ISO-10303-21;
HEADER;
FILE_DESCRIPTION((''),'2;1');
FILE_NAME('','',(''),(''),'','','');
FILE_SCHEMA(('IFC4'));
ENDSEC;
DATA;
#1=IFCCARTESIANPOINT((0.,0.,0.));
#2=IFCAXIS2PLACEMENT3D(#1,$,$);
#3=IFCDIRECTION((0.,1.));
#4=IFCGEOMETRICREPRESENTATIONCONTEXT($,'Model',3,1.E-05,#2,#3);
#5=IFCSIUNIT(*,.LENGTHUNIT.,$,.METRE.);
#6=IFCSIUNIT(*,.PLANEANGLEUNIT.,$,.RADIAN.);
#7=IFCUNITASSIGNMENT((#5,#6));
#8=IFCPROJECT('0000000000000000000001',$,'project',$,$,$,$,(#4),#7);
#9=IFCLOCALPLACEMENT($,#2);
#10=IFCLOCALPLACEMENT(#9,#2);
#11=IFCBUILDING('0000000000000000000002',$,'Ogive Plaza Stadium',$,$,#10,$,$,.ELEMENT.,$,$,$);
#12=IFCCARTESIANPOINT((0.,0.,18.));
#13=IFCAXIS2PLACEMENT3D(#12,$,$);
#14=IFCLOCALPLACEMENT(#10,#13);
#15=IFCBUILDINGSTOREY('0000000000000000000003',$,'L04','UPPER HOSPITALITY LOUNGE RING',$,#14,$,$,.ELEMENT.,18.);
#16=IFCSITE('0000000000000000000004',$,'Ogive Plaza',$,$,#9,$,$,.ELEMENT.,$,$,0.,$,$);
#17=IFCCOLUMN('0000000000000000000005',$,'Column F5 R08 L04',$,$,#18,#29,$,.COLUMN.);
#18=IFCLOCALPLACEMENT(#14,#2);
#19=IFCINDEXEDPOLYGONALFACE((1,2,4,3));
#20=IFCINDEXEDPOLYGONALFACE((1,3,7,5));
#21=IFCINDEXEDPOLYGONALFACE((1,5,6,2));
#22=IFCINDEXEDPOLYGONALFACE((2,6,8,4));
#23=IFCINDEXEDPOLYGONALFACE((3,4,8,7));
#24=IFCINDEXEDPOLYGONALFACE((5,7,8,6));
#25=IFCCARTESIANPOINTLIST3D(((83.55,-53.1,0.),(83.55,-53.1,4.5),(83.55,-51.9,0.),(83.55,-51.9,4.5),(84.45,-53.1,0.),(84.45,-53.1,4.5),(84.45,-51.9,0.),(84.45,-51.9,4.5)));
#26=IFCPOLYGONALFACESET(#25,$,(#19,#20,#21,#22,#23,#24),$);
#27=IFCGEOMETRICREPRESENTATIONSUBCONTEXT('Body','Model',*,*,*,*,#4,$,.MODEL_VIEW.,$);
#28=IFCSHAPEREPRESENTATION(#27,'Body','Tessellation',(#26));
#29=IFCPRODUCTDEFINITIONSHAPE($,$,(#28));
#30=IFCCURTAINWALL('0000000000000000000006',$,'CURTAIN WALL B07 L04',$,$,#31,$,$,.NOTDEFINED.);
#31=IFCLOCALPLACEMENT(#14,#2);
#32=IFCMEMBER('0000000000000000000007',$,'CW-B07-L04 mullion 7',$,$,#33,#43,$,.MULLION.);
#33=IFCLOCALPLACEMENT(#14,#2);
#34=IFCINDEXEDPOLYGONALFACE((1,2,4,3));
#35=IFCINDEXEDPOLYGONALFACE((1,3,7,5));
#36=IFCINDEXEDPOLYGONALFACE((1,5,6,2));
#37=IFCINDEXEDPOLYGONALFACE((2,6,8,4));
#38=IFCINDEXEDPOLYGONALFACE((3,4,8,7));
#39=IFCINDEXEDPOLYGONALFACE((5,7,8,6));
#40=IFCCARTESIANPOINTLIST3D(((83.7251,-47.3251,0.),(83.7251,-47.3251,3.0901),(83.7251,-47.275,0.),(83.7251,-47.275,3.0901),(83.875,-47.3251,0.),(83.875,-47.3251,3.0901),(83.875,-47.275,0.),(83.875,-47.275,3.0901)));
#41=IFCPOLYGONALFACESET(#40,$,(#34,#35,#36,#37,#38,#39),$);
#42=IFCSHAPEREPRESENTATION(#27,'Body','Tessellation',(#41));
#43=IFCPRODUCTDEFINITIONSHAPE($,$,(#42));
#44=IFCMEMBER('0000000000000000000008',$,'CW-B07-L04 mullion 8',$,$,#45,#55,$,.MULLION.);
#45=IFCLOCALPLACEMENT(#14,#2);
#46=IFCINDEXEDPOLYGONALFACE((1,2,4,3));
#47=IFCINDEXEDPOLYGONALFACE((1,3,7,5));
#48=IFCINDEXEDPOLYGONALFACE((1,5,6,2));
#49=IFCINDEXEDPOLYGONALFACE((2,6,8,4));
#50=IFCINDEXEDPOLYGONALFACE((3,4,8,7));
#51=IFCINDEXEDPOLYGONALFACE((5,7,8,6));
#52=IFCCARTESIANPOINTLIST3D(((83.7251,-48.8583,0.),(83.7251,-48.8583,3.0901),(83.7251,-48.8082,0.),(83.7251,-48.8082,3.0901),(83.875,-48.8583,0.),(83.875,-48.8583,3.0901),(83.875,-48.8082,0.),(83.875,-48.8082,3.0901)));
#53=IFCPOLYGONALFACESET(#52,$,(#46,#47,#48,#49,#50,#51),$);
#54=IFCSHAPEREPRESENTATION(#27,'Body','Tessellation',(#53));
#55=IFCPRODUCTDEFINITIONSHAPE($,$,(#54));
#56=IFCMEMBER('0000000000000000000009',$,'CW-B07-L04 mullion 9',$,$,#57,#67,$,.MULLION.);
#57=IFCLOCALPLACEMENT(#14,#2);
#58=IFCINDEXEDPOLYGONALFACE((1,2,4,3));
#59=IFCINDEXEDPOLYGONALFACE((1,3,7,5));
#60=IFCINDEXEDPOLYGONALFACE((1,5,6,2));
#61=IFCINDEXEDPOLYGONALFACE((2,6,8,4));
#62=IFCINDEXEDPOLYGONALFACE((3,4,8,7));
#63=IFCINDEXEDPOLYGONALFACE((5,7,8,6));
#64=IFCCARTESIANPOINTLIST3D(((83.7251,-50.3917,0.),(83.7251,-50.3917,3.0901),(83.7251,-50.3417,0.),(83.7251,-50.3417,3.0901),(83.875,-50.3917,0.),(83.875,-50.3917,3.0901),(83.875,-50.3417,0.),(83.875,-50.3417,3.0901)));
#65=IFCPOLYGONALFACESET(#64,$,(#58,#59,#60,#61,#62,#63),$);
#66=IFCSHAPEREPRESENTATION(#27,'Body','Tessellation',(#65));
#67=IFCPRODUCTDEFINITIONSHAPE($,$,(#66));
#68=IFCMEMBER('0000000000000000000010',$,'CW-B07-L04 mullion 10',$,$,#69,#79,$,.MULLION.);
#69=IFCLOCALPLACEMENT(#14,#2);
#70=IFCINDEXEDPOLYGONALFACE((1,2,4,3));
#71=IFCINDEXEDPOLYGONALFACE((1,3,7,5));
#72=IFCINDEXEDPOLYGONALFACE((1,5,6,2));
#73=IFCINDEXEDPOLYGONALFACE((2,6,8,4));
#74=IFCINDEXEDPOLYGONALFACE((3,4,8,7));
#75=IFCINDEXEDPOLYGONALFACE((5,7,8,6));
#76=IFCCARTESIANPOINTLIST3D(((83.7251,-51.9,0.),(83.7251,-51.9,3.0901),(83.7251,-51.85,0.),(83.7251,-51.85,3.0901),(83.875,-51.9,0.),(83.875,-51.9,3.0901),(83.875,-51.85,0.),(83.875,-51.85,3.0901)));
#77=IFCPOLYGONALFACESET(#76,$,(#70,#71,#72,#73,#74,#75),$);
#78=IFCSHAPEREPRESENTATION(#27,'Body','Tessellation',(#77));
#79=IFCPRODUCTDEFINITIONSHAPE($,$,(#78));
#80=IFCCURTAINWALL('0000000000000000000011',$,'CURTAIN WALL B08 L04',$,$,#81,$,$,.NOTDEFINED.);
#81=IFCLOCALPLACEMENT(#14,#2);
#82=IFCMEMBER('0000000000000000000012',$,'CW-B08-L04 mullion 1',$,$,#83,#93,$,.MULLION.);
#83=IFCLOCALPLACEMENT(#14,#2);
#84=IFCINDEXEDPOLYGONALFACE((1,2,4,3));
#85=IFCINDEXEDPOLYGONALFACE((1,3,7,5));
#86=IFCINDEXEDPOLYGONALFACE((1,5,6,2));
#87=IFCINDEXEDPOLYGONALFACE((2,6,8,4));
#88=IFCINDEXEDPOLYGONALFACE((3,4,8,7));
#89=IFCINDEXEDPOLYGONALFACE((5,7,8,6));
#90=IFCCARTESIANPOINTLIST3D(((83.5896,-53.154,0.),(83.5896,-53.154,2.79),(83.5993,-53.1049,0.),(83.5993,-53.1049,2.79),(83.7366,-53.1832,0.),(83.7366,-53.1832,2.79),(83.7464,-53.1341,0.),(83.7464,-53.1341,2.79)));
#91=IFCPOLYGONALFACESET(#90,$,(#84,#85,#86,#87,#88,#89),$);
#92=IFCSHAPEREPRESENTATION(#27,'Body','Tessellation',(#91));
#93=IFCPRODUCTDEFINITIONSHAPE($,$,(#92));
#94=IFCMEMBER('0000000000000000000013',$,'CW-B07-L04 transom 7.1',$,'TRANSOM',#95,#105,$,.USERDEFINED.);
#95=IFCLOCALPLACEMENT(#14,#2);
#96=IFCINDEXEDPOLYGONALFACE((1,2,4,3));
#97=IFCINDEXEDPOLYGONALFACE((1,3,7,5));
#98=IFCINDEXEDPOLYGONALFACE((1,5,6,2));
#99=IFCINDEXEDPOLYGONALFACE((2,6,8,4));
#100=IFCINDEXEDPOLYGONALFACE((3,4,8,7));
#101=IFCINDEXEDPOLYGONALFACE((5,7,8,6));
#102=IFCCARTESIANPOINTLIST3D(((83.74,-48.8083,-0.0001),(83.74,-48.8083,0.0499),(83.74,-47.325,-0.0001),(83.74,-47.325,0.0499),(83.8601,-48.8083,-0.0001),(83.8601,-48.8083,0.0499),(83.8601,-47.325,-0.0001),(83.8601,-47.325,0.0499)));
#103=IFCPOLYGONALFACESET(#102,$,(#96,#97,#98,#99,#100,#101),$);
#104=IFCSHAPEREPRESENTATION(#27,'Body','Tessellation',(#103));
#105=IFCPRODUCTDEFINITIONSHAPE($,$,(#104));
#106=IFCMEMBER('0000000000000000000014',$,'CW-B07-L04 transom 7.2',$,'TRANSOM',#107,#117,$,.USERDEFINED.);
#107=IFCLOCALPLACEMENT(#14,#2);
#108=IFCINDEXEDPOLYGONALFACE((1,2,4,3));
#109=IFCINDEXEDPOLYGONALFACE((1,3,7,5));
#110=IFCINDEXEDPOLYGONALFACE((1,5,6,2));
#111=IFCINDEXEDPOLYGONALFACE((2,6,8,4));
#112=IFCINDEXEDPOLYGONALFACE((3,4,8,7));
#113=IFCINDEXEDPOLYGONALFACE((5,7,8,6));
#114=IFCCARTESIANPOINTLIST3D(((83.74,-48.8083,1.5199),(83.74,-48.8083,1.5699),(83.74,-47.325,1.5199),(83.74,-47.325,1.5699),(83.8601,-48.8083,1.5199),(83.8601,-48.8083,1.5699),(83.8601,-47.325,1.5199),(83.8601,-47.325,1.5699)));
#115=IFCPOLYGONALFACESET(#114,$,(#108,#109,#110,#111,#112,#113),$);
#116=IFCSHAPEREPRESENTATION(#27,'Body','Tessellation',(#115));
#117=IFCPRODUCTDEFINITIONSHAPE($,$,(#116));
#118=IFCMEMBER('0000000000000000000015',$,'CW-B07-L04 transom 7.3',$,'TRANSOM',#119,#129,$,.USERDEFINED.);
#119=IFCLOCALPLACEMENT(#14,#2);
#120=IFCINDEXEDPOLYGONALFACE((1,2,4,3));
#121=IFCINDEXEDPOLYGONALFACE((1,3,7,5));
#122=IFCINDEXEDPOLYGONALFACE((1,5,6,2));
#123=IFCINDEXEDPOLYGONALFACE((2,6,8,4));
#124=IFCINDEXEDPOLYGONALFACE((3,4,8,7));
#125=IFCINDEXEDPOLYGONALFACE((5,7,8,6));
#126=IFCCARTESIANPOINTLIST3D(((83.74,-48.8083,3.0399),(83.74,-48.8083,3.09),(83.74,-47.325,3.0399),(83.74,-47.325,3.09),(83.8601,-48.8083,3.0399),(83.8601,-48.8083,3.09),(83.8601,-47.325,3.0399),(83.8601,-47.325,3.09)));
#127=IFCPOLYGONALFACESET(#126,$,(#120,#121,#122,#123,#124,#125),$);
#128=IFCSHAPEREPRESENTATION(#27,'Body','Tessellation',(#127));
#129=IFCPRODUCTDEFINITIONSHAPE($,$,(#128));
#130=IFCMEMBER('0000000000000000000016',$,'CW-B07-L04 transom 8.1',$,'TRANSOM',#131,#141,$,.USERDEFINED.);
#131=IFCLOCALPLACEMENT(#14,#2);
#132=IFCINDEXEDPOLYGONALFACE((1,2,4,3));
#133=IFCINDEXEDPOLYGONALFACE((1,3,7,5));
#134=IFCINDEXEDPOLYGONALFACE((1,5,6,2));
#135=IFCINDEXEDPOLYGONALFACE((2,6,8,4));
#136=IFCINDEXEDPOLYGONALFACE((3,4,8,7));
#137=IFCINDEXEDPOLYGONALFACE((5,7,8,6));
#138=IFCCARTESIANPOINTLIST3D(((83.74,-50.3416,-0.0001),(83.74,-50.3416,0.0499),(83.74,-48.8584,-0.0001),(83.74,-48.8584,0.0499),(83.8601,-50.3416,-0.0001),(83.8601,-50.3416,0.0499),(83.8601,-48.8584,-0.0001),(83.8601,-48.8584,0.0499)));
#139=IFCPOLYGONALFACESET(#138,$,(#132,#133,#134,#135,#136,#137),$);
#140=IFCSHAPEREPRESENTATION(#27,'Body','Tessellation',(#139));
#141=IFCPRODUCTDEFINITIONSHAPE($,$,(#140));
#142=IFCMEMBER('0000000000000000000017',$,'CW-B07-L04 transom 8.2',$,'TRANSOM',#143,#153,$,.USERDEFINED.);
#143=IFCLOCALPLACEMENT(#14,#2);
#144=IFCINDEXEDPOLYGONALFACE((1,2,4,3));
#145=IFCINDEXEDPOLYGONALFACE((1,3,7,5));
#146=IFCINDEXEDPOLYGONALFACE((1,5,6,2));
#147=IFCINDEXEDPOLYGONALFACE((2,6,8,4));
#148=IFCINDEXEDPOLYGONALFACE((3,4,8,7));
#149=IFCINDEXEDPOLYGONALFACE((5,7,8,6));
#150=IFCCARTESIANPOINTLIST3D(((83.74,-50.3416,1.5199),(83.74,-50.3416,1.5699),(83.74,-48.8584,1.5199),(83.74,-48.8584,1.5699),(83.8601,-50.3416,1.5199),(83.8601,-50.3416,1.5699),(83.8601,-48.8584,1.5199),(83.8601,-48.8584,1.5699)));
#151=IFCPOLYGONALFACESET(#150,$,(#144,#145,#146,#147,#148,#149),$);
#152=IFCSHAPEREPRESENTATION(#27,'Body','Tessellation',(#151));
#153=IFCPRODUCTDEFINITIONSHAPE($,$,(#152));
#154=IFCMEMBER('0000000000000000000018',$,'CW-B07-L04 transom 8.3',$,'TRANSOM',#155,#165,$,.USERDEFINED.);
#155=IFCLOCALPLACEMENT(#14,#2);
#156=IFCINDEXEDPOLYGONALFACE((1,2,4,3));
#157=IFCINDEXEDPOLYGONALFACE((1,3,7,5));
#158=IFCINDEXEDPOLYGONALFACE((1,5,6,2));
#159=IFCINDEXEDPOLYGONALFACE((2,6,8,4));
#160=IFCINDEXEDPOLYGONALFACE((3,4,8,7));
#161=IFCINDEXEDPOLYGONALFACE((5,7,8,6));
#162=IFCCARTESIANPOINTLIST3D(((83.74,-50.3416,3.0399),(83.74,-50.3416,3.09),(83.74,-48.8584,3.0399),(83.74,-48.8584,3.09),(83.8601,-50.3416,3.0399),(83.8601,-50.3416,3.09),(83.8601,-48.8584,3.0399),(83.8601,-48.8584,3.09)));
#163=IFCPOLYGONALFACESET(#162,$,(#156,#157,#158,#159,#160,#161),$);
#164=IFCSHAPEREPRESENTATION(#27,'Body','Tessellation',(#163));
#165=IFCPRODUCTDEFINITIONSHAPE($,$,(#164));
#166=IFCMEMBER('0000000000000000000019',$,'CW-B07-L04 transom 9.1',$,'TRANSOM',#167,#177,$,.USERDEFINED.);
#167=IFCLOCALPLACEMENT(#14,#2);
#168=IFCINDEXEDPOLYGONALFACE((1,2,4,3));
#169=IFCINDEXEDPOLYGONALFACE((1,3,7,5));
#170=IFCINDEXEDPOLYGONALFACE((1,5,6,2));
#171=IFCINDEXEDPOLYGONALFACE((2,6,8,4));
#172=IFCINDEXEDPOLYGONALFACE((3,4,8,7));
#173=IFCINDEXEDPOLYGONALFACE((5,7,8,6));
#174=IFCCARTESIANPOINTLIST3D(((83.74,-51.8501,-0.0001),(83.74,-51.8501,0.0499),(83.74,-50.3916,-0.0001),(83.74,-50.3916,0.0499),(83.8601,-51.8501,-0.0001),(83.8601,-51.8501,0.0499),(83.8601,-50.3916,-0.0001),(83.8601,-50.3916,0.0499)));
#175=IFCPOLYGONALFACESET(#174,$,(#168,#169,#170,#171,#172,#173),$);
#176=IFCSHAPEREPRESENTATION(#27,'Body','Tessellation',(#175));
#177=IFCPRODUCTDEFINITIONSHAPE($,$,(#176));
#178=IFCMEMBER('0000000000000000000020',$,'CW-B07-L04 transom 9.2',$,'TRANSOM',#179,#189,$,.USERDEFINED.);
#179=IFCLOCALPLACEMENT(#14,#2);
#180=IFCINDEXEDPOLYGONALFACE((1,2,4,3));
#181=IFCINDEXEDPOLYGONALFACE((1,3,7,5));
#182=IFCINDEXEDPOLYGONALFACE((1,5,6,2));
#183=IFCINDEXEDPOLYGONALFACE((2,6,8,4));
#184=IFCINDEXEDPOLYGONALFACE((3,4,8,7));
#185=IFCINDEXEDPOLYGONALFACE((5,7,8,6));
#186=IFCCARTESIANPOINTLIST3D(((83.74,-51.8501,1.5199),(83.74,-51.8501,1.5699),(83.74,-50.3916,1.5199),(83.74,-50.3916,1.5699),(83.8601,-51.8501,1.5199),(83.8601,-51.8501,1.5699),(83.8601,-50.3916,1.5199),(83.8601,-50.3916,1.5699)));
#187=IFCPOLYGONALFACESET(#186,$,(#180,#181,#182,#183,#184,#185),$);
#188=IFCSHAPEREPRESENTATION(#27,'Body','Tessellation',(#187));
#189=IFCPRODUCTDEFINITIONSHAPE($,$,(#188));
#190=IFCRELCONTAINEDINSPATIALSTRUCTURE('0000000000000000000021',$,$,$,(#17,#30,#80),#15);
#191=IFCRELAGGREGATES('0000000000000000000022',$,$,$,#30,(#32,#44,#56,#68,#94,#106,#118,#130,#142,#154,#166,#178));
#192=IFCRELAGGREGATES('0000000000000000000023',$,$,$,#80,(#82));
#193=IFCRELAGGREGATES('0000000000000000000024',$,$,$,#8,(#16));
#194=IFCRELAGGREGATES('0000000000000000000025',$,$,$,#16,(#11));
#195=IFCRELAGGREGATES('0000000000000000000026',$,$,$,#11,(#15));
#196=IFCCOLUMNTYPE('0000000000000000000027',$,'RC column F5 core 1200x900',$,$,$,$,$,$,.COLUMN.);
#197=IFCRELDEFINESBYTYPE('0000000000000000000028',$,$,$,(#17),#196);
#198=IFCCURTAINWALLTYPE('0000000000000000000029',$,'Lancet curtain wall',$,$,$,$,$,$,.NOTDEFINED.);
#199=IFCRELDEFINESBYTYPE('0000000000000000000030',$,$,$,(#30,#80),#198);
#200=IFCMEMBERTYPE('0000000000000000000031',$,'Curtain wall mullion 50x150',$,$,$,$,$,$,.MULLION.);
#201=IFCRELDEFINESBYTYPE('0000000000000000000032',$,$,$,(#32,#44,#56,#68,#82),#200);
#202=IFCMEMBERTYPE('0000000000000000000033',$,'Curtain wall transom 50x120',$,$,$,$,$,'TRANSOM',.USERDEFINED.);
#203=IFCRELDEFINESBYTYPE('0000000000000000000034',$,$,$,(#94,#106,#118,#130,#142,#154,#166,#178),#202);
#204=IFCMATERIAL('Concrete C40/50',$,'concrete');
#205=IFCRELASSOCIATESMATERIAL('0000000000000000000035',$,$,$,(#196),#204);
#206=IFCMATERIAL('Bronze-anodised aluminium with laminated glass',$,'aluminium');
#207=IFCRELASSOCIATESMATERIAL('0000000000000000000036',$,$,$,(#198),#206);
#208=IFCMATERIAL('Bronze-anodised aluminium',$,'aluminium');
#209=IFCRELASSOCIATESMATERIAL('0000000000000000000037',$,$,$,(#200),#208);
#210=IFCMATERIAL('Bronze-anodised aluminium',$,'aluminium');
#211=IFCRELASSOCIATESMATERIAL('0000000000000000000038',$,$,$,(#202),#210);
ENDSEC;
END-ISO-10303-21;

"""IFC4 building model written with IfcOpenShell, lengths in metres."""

from ifc_helpers import new_model, si_unit, direction, frame, origin, origin_2d, place, context, subcontext, project, spatial, rectangle, extrude, material, material_profile, profile_set, type_object, element, aggregate, save


model = new_model("IFC4")

# Units and contexts
model_context = context("Model", 3, precision=1e-05, world=origin(), true_north=direction((0.0, 1.0)))
body_context = subcontext(model_context, "Body", "Model", "MODEL_VIEW")
ifc_project = project(units=[si_unit("LENGTHUNIT", "METRE"), si_unit("PLANEANGLEUNIT", "RADIAN")], contexts=[model_context])

# Site, building, storey
site_placement = place(None, origin())
site = spatial("IfcSite", under=ifc_project, at=site_placement, Name="Ogive Plaza", CompositionType="ELEMENT", RefElevation=0.0)
building_placement = place(site_placement, origin())
building = spatial("IfcBuilding", under=site, at=building_placement, Name="Ogive Plaza Stadium", CompositionType="ELEMENT")
storey_placement = place(building_placement, frame((0.0, 0.0, 18.0)))
storey = spatial("IfcBuildingStorey", under=building, at=storey_placement, Name="L04", Description="UPPER HOSPITALITY LOUNGE RING", CompositionType="ELEMENT", Elevation=18.0)

# Column
ifc_material_1 = material(Name="Concrete C40/50", Category="concrete")
ifc_material_profile_1 = material_profile(ifc_material_1, rectangle(XDim=1.2, YDim=0.8999, at=origin_2d()), Name="RC 1200x900")
ifc_profile_set_1 = profile_set([ifc_material_profile_1], Name="Concrete C40/50")
column_type = type_object("IfcColumnType", Name="RC column F5 core 1200x900", PredefinedType="COLUMN", material=ifc_profile_set_1)
column_placement = place(storey_placement, frame((84.0, -52.5, 0.0), z_axis=(0.0, 0.0, 1.0), x_axis=(0.0, 1.0, 0.0)))
element("IfcColumn", 1, at=column_placement, inside=storey, type_object=column_type, Name="Column F5 R08 L04", PredefinedType="COLUMN", context=body_context, shape_type="SweptSolid", body=[
    extrude(rectangle(XDim=1.2, YDim=0.8999, at=origin_2d()), origin(), (0.0, 0.0, 1.0), 4.5),
])

# Curtain wall, members
ifc_material_2 = material(Name="Bronze-anodised aluminium with laminated glass", Category="aluminium")
curtain_wall_type = type_object("IfcCurtainWallType", Name="Lancet curtain wall", PredefinedType="NOTDEFINED", material=ifc_material_2)
curtain_wall_1_placement = place(storey_placement, origin())
curtain_wall_1 = element("IfcCurtainWall", 2, at=curtain_wall_1_placement, inside=storey, type_object=curtain_wall_type, Name="CURTAIN WALL B07 L04", PredefinedType="NOTDEFINED")
ifc_material_3 = material(Name="Bronze-anodised aluminium", Category="aluminium")
ifc_material_profile_2 = material_profile(ifc_material_3, rectangle(XDim=0.1499, YDim=0.05, at=origin_2d()), Name="AL 150x50")
ifc_profile_set_2 = profile_set([ifc_material_profile_2], Name="Bronze-anodised aluminium")
member_type_1 = type_object("IfcMemberType", Name="Curtain wall mullion 50x150", PredefinedType="MULLION", material=ifc_profile_set_2)
member_1_placement = place(storey_placement, frame((83.8, -47.3, 0.0), z_axis=(0.0, 0.0, 1.0), x_axis=(1.0, 0.0, 0.0)))
member_1 = element("IfcMember", 3, at=member_1_placement, type_object=member_type_1, Name="CW-B07-L04 mullion 7", PredefinedType="MULLION", context=body_context, shape_type="SweptSolid", body=[
    extrude(rectangle(XDim=0.1499, YDim=0.05, at=origin_2d()), origin(), (0.0, 0.0, 1.0), 3.0901),
])
member_2_placement = place(storey_placement, frame((83.8, -48.8333, 0.0), z_axis=(0.0, 0.0, 1.0), x_axis=(1.0, 0.0, 0.0)))
member_2 = element("IfcMember", 4, at=member_2_placement, type_object=member_type_1, Name="CW-B07-L04 mullion 8", PredefinedType="MULLION", context=body_context, shape_type="SweptSolid", body=[
    extrude(rectangle(XDim=0.1499, YDim=0.05, at=origin_2d()), origin(), (0.0, 0.0, 1.0), 3.0901),
])
member_3_placement = place(storey_placement, frame((83.8, -50.3667, 0.0), z_axis=(0.0, 0.0, 1.0), x_axis=(1.0, 0.0, 0.0)))
member_3 = element("IfcMember", 5, at=member_3_placement, type_object=member_type_1, Name="CW-B07-L04 mullion 9", PredefinedType="MULLION", context=body_context, shape_type="SweptSolid", body=[
    extrude(rectangle(XDim=0.1499, YDim=0.05, at=origin_2d()), origin(), (0.0, 0.0, 1.0), 3.0901),
])
member_4_placement = place(storey_placement, frame((83.8, -51.875, 0.0), z_axis=(0.0, 0.0, 1.0), x_axis=(1.0, 0.0, 0.0)))
member_4 = element("IfcMember", 6, at=member_4_placement, type_object=member_type_1, Name="CW-B07-L04 mullion 10", PredefinedType="MULLION", context=body_context, shape_type="SweptSolid", body=[
    extrude(rectangle(XDim=0.1499, YDim=0.05, at=origin_2d()), origin(), (0.0, 0.0, 1.0), 3.0901),
])

# Curtain wall, member
curtain_wall_2_placement = place(storey_placement, origin())
curtain_wall_2 = element("IfcCurtainWall", 7, at=curtain_wall_2_placement, inside=storey, type_object=curtain_wall_type, Name="CURTAIN WALL B08 L04", PredefinedType="NOTDEFINED")
member_5_placement = place(storey_placement, frame((83.668, -53.144, 0.0), z_axis=(0.0, 0.0, 1.0), x_axis=(0.980785, -0.19509, 0.0)))
member_5 = element("IfcMember", 8, at=member_5_placement, type_object=member_type_1, Name="CW-B08-L04 mullion 1", PredefinedType="MULLION", context=body_context, shape_type="SweptSolid", body=[
    extrude(rectangle(XDim=0.1499, YDim=0.05, at=origin_2d()), origin(), (0.0, 0.0, 1.0), 2.79),
])

# Members
ifc_material_4 = material(Name="Bronze-anodised aluminium", Category="aluminium")
ifc_material_profile_3 = material_profile(ifc_material_4, rectangle(XDim=0.1201, YDim=0.05, at=origin_2d()), Name="AL 120x50")
ifc_profile_set_3 = profile_set([ifc_material_profile_3], Name="Bronze-anodised aluminium")
member_type_2 = type_object("IfcMemberType", Name="Curtain wall transom 50x120", ElementType="TRANSOM", PredefinedType="USERDEFINED", material=ifc_profile_set_3)
member_6_placement = place(storey_placement, frame((83.8, -47.325, 0.0249), z_axis=(0.0, -1.0, 0.0), x_axis=(1.0, 0.0, 0.0)))
member_6 = element("IfcMember", 9, at=member_6_placement, type_object=member_type_2, Name="CW-B07-L04 transom 7.1", ObjectType="TRANSOM", PredefinedType="USERDEFINED", context=body_context, shape_type="SweptSolid", body=[
    extrude(rectangle(XDim=0.1201, YDim=0.05, at=origin_2d()), origin(), (0.0, 0.0, 1.0), 1.4834),
])
member_7_placement = place(storey_placement, frame((83.8, -47.325, 1.5449), z_axis=(0.0, -1.0, 0.0), x_axis=(1.0, 0.0, 0.0)))
member_7 = element("IfcMember", 10, at=member_7_placement, type_object=member_type_2, Name="CW-B07-L04 transom 7.2", ObjectType="TRANSOM", PredefinedType="USERDEFINED", context=body_context, shape_type="SweptSolid", body=[
    extrude(rectangle(XDim=0.1201, YDim=0.05, at=origin_2d()), origin(), (0.0, 0.0, 1.0), 1.4834),
])
member_8_placement = place(storey_placement, frame((83.8, -47.325, 3.0649), z_axis=(0.0, -1.0, 0.0), x_axis=(1.0, 0.0, 0.0)))
member_8 = element("IfcMember", 11, at=member_8_placement, type_object=member_type_2, Name="CW-B07-L04 transom 7.3", ObjectType="TRANSOM", PredefinedType="USERDEFINED", context=body_context, shape_type="SweptSolid", body=[
    extrude(rectangle(XDim=0.1201, YDim=0.05, at=origin_2d()), origin(), (0.0, 0.0, 1.0), 1.4834),
])
member_9_placement = place(storey_placement, frame((83.8, -48.8584, 0.0249), z_axis=(0.0, -1.0, 0.0), x_axis=(1.0, 0.0, 0.0)))
member_9 = element("IfcMember", 12, at=member_9_placement, type_object=member_type_2, Name="CW-B07-L04 transom 8.1", ObjectType="TRANSOM", PredefinedType="USERDEFINED", context=body_context, shape_type="SweptSolid", body=[
    extrude(rectangle(XDim=0.1201, YDim=0.05, at=origin_2d()), origin(), (0.0, 0.0, 1.0), 1.4832),
])
member_10_placement = place(storey_placement, frame((83.8, -48.8584, 1.5449), z_axis=(0.0, -1.0, 0.0), x_axis=(1.0, 0.0, 0.0)))
member_10 = element("IfcMember", 13, at=member_10_placement, type_object=member_type_2, Name="CW-B07-L04 transom 8.2", ObjectType="TRANSOM", PredefinedType="USERDEFINED", context=body_context, shape_type="SweptSolid", body=[
    extrude(rectangle(XDim=0.1201, YDim=0.05, at=origin_2d()), origin(), (0.0, 0.0, 1.0), 1.4832),
])
member_11_placement = place(storey_placement, frame((83.8, -48.8584, 3.0649), z_axis=(0.0, -1.0, 0.0), x_axis=(1.0, 0.0, 0.0)))
member_11 = element("IfcMember", 14, at=member_11_placement, type_object=member_type_2, Name="CW-B07-L04 transom 8.3", ObjectType="TRANSOM", PredefinedType="USERDEFINED", context=body_context, shape_type="SweptSolid", body=[
    extrude(rectangle(XDim=0.1201, YDim=0.05, at=origin_2d()), origin(), (0.0, 0.0, 1.0), 1.4832),
])
member_12_placement = place(storey_placement, frame((83.8, -50.3916, 0.0249), z_axis=(0.0, -1.0, 0.0), x_axis=(1.0, 0.0, 0.0)))
member_12 = element("IfcMember", 15, at=member_12_placement, type_object=member_type_2, Name="CW-B07-L04 transom 9.1", ObjectType="TRANSOM", PredefinedType="USERDEFINED", context=body_context, shape_type="SweptSolid", body=[
    extrude(rectangle(XDim=0.1201, YDim=0.05, at=origin_2d()), origin(), (0.0, 0.0, 1.0), 1.4585),
])
member_13_placement = place(storey_placement, frame((83.8, -50.3916, 1.5449), z_axis=(0.0, -1.0, 0.0), x_axis=(1.0, 0.0, 0.0)))
member_13 = element("IfcMember", 16, at=member_13_placement, type_object=member_type_2, Name="CW-B07-L04 transom 9.2", ObjectType="TRANSOM", PredefinedType="USERDEFINED", context=body_context, shape_type="SweptSolid", body=[
    extrude(rectangle(XDim=0.1201, YDim=0.05, at=origin_2d()), origin(), (0.0, 0.0, 1.0), 1.4585),
])

aggregate(curtain_wall_1, [member_1, member_2, member_3, member_4, member_6, member_7, member_8, member_9, member_10, member_11, member_12, member_13])
aggregate(curtain_wall_2, [member_5])

save(model, "model.ifc")
